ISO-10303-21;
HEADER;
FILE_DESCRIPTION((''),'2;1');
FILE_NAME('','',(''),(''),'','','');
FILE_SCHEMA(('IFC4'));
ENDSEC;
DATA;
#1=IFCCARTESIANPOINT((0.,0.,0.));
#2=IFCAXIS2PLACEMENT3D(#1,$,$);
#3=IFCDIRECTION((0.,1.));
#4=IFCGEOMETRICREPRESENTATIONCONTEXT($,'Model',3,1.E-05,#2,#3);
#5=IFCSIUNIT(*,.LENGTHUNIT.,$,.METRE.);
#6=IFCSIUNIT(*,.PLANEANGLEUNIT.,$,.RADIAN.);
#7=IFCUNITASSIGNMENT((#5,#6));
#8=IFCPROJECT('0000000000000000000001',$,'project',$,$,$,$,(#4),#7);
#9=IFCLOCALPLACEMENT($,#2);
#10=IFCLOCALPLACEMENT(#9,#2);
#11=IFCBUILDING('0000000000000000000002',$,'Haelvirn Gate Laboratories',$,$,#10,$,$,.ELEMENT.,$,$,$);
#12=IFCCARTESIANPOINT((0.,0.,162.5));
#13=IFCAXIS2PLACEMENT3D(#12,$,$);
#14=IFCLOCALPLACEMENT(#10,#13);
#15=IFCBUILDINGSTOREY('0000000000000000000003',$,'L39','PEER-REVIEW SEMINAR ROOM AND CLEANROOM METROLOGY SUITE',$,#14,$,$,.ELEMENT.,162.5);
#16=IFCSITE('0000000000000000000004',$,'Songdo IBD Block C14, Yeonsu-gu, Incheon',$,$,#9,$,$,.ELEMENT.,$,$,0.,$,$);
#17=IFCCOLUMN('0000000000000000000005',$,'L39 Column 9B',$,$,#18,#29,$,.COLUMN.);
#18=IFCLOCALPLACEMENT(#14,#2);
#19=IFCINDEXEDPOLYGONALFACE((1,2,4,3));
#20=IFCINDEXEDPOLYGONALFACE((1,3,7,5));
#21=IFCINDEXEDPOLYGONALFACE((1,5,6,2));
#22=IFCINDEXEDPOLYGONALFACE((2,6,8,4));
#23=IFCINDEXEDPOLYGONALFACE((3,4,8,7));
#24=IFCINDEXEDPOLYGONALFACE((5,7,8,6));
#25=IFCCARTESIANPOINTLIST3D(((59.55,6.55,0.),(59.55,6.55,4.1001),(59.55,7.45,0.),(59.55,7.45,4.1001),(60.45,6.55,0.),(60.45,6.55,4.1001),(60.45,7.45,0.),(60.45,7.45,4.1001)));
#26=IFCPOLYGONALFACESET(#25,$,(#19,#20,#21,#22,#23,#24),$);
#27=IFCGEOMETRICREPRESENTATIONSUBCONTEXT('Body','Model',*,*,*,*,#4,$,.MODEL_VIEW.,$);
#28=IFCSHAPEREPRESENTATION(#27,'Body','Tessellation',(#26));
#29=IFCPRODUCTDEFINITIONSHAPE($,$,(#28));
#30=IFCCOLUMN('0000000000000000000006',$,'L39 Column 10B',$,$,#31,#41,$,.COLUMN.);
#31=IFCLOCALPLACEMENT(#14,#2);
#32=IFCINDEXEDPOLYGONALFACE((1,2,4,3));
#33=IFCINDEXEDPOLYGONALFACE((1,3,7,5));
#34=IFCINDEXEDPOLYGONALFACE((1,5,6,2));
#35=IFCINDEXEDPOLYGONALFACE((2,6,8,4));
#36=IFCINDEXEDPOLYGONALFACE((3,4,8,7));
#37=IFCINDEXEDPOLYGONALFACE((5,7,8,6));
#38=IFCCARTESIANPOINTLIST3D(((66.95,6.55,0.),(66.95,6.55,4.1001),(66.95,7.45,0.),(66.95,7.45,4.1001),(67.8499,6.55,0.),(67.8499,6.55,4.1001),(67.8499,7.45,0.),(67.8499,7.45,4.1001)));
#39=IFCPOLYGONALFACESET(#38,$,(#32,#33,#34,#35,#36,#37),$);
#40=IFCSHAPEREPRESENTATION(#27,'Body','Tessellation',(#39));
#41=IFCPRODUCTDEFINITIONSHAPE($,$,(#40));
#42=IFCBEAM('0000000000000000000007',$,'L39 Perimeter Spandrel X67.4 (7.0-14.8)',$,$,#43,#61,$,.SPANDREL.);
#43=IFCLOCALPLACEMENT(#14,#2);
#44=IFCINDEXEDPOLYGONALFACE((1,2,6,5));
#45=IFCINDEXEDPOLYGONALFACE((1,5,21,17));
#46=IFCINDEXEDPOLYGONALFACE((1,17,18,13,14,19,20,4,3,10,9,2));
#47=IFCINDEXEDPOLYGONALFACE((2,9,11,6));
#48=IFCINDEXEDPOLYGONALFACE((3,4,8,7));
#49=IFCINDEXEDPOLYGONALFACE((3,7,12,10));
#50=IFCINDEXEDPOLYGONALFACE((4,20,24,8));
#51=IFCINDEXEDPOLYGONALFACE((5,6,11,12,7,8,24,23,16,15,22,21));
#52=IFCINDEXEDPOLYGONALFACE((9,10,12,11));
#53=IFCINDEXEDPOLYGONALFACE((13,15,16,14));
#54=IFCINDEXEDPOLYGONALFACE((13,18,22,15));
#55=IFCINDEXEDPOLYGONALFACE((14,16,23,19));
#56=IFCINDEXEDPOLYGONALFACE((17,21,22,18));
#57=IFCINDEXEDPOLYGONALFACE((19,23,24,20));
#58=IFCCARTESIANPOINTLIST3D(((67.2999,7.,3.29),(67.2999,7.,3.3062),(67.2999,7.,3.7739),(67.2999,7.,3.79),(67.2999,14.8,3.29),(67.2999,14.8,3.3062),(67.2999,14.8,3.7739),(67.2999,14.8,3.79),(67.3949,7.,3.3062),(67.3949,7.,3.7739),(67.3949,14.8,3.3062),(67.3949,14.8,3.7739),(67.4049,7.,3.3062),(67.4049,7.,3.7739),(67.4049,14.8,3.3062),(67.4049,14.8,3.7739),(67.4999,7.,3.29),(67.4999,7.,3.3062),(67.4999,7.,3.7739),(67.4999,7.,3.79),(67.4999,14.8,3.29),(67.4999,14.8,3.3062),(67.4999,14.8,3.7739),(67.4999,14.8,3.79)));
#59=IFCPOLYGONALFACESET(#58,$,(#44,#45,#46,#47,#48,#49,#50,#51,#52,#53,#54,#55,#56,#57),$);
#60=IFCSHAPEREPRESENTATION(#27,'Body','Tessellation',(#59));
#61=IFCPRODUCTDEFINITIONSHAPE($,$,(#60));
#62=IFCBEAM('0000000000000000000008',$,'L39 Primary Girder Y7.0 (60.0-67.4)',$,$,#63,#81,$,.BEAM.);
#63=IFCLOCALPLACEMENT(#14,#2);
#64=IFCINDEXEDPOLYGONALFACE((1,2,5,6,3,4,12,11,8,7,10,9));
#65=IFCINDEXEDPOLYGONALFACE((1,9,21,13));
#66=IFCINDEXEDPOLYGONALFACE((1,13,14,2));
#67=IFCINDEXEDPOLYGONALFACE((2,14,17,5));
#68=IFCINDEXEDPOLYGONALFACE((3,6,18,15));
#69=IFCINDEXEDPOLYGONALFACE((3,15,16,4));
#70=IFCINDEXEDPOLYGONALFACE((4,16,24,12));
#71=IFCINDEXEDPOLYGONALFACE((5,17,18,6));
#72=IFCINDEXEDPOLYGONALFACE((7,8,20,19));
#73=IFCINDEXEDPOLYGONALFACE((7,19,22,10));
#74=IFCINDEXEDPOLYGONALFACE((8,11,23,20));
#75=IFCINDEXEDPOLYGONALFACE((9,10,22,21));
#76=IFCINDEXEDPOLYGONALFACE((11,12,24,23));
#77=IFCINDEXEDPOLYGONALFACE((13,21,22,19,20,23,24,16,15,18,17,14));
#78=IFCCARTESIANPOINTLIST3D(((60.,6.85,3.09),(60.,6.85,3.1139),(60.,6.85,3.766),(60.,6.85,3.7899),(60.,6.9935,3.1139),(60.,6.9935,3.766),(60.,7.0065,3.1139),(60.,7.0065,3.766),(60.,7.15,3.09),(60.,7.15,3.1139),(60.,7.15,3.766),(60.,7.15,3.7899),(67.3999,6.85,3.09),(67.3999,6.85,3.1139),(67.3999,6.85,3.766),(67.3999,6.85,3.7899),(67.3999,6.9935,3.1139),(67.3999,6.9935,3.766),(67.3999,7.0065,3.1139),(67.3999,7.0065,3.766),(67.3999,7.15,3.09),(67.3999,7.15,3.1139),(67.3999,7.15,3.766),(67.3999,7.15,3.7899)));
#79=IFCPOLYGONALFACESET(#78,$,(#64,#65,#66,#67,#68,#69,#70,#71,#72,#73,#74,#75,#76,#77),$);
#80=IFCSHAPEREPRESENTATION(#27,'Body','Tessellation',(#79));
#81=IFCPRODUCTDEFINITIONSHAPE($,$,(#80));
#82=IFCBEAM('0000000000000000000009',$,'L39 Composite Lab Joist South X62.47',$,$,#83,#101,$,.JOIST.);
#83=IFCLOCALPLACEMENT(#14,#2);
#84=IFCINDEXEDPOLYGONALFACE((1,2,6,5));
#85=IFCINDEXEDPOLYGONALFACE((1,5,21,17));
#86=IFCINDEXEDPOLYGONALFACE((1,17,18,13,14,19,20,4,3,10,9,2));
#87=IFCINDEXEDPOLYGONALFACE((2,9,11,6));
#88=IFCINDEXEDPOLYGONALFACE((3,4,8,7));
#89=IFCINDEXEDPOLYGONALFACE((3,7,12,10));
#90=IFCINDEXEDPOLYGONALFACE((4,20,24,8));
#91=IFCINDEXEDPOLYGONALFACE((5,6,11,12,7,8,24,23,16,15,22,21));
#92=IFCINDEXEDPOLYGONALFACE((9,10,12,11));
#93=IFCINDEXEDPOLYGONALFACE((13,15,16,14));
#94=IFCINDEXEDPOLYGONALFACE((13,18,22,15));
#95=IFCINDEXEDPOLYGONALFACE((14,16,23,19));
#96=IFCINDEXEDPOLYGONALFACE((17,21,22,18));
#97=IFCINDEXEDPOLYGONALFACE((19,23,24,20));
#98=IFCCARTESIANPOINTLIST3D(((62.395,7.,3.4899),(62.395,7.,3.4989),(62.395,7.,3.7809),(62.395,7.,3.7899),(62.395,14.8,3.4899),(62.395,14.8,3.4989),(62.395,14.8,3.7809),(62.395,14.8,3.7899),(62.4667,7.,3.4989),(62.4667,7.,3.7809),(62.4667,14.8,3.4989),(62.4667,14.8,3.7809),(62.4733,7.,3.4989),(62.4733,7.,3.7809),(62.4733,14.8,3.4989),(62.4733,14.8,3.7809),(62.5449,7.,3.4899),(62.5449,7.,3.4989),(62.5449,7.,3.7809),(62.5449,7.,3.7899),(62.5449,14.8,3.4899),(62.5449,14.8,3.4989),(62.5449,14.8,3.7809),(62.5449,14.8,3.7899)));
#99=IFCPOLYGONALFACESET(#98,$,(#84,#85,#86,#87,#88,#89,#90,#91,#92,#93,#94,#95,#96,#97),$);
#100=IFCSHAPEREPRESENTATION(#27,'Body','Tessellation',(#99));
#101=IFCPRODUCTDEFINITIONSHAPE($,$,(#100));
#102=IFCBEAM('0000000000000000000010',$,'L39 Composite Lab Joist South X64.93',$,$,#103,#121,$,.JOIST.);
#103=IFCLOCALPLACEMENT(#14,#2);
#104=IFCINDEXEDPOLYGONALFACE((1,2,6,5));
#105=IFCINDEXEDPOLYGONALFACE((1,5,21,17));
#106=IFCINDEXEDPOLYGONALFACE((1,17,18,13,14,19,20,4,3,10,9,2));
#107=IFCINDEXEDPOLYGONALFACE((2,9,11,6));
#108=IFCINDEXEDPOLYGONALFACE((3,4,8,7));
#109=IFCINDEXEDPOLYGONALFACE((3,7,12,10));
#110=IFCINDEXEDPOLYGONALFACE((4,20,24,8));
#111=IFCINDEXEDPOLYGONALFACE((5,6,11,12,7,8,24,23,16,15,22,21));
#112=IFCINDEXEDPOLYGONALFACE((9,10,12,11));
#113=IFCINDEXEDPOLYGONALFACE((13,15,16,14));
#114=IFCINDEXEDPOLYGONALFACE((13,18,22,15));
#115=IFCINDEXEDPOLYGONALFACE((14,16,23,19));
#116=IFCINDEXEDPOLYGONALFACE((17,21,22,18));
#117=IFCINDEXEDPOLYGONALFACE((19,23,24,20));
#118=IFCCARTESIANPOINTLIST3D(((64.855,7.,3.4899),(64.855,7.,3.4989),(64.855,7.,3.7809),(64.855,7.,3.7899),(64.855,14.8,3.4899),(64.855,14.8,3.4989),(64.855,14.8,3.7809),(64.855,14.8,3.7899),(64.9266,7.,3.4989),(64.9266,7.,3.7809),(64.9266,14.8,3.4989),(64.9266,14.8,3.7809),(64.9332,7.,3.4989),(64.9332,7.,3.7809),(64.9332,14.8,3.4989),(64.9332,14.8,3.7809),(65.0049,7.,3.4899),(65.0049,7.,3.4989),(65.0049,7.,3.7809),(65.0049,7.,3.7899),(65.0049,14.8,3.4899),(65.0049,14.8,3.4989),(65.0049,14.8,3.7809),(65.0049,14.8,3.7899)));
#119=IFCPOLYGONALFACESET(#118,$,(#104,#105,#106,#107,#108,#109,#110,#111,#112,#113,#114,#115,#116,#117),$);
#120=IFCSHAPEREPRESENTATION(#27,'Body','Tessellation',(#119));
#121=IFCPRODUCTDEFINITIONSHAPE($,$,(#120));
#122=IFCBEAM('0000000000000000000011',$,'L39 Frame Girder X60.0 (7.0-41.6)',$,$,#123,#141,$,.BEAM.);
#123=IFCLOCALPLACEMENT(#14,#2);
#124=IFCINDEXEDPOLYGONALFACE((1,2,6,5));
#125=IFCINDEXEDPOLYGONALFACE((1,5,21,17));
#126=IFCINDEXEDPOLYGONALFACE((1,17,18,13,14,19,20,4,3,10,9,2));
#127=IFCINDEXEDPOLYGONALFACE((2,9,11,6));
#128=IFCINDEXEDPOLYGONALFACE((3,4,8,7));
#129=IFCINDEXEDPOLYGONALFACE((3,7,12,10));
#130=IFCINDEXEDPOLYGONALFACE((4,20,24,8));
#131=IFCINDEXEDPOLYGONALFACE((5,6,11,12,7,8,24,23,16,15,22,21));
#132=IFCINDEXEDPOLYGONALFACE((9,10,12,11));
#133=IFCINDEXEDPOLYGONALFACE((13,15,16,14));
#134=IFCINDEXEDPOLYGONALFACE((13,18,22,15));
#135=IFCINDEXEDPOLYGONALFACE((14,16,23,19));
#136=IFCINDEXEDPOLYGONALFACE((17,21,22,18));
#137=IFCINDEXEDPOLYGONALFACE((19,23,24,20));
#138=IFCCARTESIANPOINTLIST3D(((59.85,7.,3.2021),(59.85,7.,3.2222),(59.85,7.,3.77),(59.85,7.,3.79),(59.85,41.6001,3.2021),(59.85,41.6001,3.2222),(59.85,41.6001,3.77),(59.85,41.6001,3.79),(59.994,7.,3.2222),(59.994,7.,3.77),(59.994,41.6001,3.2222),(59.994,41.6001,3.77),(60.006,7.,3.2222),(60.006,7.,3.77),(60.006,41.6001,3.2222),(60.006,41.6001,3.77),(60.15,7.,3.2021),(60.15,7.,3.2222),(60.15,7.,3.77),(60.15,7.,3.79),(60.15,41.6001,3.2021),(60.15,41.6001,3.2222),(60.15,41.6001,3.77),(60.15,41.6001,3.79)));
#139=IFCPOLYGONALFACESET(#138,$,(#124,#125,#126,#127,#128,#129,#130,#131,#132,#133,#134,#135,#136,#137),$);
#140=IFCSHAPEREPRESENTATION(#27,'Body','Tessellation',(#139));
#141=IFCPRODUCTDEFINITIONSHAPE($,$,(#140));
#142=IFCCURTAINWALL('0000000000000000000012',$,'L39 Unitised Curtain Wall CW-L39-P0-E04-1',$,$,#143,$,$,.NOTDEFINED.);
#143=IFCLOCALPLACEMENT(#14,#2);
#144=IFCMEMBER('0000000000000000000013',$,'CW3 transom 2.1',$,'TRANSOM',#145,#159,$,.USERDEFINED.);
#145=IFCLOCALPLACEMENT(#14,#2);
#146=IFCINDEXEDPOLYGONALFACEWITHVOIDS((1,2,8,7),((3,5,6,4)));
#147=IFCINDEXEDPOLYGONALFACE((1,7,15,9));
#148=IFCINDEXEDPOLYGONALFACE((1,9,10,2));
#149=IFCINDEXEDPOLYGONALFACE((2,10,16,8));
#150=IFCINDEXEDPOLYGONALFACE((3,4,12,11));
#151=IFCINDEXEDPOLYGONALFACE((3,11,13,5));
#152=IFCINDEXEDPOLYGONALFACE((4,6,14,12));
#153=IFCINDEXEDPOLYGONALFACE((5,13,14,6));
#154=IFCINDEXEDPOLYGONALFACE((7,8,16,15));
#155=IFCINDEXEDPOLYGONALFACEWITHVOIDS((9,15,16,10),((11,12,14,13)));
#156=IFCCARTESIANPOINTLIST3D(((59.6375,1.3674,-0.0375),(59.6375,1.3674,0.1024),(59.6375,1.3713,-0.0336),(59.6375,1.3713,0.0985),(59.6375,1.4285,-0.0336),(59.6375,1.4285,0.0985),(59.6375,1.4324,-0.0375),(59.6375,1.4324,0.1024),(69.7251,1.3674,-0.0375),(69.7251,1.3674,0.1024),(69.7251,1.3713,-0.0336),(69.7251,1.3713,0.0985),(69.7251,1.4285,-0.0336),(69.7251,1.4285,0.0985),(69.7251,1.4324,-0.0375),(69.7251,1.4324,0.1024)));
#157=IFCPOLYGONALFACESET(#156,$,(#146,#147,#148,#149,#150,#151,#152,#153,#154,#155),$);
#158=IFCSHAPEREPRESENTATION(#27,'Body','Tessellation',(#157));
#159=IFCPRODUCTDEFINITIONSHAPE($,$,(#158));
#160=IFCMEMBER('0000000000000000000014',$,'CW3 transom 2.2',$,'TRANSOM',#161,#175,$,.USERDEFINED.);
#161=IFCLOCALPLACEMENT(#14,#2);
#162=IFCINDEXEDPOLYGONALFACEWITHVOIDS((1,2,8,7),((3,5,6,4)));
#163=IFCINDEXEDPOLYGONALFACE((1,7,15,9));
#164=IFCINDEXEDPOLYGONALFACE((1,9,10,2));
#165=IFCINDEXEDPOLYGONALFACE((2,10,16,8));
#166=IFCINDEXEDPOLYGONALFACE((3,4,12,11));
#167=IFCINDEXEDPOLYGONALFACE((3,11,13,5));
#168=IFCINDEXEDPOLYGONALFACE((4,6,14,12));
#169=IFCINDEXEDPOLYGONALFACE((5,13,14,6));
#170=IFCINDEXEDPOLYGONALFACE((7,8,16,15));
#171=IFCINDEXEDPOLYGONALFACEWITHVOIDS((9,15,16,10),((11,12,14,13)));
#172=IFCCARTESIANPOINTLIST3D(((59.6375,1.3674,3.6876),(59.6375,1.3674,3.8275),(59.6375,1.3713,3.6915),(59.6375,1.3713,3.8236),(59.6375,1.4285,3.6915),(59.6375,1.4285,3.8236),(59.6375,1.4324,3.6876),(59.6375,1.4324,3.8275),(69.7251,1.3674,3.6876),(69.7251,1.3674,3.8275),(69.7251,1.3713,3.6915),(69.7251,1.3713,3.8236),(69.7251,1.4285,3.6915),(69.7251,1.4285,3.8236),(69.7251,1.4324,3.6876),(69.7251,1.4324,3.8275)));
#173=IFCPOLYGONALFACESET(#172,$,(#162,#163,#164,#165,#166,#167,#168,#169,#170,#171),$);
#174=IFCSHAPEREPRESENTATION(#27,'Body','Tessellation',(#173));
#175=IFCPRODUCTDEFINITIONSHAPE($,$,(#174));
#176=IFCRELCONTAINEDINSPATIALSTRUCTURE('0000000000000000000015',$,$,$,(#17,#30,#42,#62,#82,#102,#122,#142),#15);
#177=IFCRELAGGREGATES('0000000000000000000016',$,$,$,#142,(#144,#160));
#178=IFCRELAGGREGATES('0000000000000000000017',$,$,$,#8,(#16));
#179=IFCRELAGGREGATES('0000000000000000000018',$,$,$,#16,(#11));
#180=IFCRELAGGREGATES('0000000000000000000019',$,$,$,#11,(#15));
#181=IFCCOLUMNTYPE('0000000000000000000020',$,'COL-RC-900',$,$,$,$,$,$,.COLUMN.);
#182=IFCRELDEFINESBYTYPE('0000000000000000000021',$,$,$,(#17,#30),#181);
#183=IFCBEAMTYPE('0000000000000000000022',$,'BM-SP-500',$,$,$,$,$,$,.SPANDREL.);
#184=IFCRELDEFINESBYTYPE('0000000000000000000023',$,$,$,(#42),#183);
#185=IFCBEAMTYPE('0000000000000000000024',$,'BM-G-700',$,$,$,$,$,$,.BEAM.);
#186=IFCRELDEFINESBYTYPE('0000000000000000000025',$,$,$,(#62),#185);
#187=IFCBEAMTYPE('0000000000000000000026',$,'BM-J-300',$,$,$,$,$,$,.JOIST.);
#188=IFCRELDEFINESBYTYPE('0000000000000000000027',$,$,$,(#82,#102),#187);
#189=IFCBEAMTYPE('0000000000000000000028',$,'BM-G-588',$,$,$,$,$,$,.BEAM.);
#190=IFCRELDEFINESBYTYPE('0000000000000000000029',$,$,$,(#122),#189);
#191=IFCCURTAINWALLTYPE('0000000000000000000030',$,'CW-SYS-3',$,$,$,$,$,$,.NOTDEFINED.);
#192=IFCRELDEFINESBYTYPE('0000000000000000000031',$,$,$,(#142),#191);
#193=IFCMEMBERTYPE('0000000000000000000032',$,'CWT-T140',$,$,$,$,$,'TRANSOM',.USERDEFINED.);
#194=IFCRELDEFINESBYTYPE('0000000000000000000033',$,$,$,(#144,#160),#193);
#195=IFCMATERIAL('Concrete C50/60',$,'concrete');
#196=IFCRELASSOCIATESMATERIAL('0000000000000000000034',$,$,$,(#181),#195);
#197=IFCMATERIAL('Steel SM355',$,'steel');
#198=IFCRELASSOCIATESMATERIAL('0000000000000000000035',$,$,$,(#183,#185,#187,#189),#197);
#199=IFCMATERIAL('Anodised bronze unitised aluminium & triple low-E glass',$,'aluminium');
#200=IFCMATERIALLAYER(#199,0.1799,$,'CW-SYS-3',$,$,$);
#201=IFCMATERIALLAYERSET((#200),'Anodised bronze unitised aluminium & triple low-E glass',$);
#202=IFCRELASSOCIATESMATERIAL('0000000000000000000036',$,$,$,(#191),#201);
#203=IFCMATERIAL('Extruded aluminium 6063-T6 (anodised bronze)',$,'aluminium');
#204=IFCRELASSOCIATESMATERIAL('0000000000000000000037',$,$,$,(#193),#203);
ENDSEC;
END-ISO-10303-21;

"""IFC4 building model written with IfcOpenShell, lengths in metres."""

from ifc_helpers import new_model, si_unit, direction, frame, origin, origin_2d, place, context, subcontext, project, spatial, rectangle, hollow_rectangle, i_section, extrude, source, transform, mapped, material, layer, layer_set, material_profile, profile_set, type_object, type_shapes, element, aggregate, save


model = new_model("IFC4")

# Units and contexts
model_context = context("Model", 3, precision=1e-05, world=origin(), true_north=direction((0.0, 1.0)))
body_context = subcontext(model_context, "Body", "Model", "MODEL_VIEW")
ifc_project = project(units=[si_unit("LENGTHUNIT", "METRE"), si_unit("PLANEANGLEUNIT", "RADIAN")], contexts=[model_context])

# Site, building, storey
site_placement = place(None, origin())
site = spatial("IfcSite", under=ifc_project, at=site_placement, Name="Songdo IBD Block C14, Yeonsu-gu, Incheon", CompositionType="ELEMENT", RefElevation=0.0)
building_placement = place(site_placement, origin())
building = spatial("IfcBuilding", under=site, at=building_placement, Name="Haelvirn Gate Laboratories", CompositionType="ELEMENT")
storey_placement = place(building_placement, frame((0.0, 0.0, 162.5)))
storey = spatial("IfcBuildingStorey", under=building, at=storey_placement, Name="L39", Description="PEER-REVIEW SEMINAR ROOM AND CLEANROOM METROLOGY SUITE", CompositionType="ELEMENT", Elevation=162.5)

# Columns
ifc_material_1 = material(Name="Concrete C50/60", Category="concrete")
ifc_material_profile_1 = material_profile(ifc_material_1, rectangle(XDim=0.8999, YDim=0.8999, at=origin_2d()), Name="RC-900x900")
ifc_profile_set_1 = profile_set([ifc_material_profile_1], Name="Concrete C50/60")
column_type = type_object("IfcColumnType", Name="COL-RC-900", PredefinedType="COLUMN", material=ifc_profile_set_1)
shared_shape_1 = source(origin(), body_context, "Body", "SweptSolid", [
    extrude(rectangle(XDim=0.8999, YDim=0.8999, at=origin_2d()), origin(), (0.0, 0.0, 1.0), 4.1001),
])
type_shapes(column_type, [shared_shape_1])
for number, where, z_axis, x_axis, name in (
    (1, (60.0, 7.0, 0.0), (0.0, 0.0, 1.0), (1.0, 0.0, 0.0), "L39 Column 9B"),
    (2, (67.3999, 7.0, 0.0), (0.0, 0.0, 1.0), (1.0, 0.0, 0.0), "L39 Column 10B"),
):
    element("IfcColumn", number, at=place(storey_placement, frame(where, z_axis=z_axis, x_axis=x_axis)), inside=storey, type_object=column_type, Name=name, PredefinedType="COLUMN", context=body_context, shape_type="MappedRepresentation", body=[
        mapped(shared_shape_1, transform((0.0, 0.0, 0.0), scale=1.0)),
    ])

# Beams
ifc_material_2 = material(Name="Steel SM355", Category="steel")
ifc_material_profile_2 = material_profile(ifc_material_2, i_section(OverallWidth=0.2, OverallDepth=0.5, WebThickness=0.01, FlangeThickness=0.0161, at=origin_2d()), Name="H-500x200x10x16")
ifc_profile_set_2 = profile_set([ifc_material_profile_2], Name="Steel SM355")
beam_type_1 = type_object("IfcBeamType", Name="BM-SP-500", PredefinedType="SPANDREL", material=ifc_profile_set_2)
shared_shape_2 = source(origin(), body_context, "Body", "SweptSolid", [
    extrude(i_section(OverallWidth=0.2, OverallDepth=0.5, WebThickness=0.01, FlangeThickness=0.0161, at=origin_2d()), origin(), (0.0, 0.0, 1.0), 7.8),
])
type_shapes(beam_type_1, [shared_shape_2])
beam_1_placement = place(storey_placement, frame((67.3999, 7.0, 3.54), z_axis=(0.0, 1.0, 0.0), x_axis=(-1.0, 0.0, 0.0)))
element("IfcBeam", 3, at=beam_1_placement, inside=storey, type_object=beam_type_1, Name="L39 Perimeter Spandrel X67.4 (7.0-14.8)", PredefinedType="SPANDREL", context=body_context, shape_type="MappedRepresentation", body=[
    mapped(shared_shape_2, transform((0.0, 0.0, 0.0), scale=1.0)),
])
ifc_material_profile_3 = material_profile(ifc_material_2, i_section(OverallWidth=0.3, OverallDepth=0.7, WebThickness=0.0129, FlangeThickness=0.0239, at=origin_2d()), Name="H-700x300x13x24")
ifc_profile_set_3 = profile_set([ifc_material_profile_3], Name="Steel SM355")
beam_type_2 = type_object("IfcBeamType", Name="BM-G-700", PredefinedType="BEAM", material=ifc_profile_set_3)
shared_shape_3 = source(origin(), body_context, "Body", "SweptSolid", [
    extrude(i_section(OverallWidth=0.3, OverallDepth=0.7, WebThickness=0.0129, FlangeThickness=0.0239, at=origin_2d()), origin(), (0.0, 0.0, 1.0), 7.3999),
])
type_shapes(beam_type_2, [shared_shape_3])
beam_2_placement = place(storey_placement, frame((60.0, 7.0, 3.4399), z_axis=(1.0, 0.0, 0.0), x_axis=(0.0, 1.0, 0.0)))
element("IfcBeam", 4, at=beam_2_placement, inside=storey, type_object=beam_type_2, Name="L39 Primary Girder Y7.0 (60.0-67.4)", PredefinedType="BEAM", context=body_context, shape_type="MappedRepresentation", body=[
    mapped(shared_shape_3, transform((0.0, 0.0, 0.0), scale=1.0)),
])
ifc_material_profile_4 = material_profile(ifc_material_2, i_section(OverallWidth=0.1499, OverallDepth=0.3, WebThickness=0.0066, FlangeThickness=0.009, at=origin_2d()), Name="H-300x150x6.5x9")
ifc_profile_set_4 = profile_set([ifc_material_profile_4], Name="Steel SM355")
beam_type_3 = type_object("IfcBeamType", Name="BM-J-300", PredefinedType="JOIST", material=ifc_profile_set_4)
shared_shape_4 = source(origin(), body_context, "Body", "SweptSolid", [
    extrude(i_section(OverallWidth=0.1499, OverallDepth=0.3, WebThickness=0.0066, FlangeThickness=0.009, at=origin_2d()), origin(), (0.0, 0.0, 1.0), 7.8),
])
type_shapes(beam_type_3, [shared_shape_4])
for number, where, z_axis, x_axis, name in (
    (5, (62.47, 7.0, 3.6399), (0.0, 1.0, 0.0), (-1.0, 0.0, 0.0), "L39 Composite Lab Joist South X62.47"),
    (6, (64.9299, 7.0, 3.6399), (0.0, 1.0, 0.0), (-1.0, 0.0, 0.0), "L39 Composite Lab Joist South X64.93"),
):
    element("IfcBeam", number, at=place(storey_placement, frame(where, z_axis=z_axis, x_axis=x_axis)), inside=storey, type_object=beam_type_3, Name=name, PredefinedType="JOIST", context=body_context, shape_type="MappedRepresentation", body=[
        mapped(shared_shape_4, transform((0.0, 0.0, 0.0), scale=1.0)),
    ])
ifc_material_profile_5 = material_profile(ifc_material_2, i_section(OverallWidth=0.3, OverallDepth=0.5879, WebThickness=0.012, FlangeThickness=0.02, at=origin_2d()), Name="H-588x300x12x20")
ifc_profile_set_5 = profile_set([ifc_material_profile_5], Name="Steel SM355")
beam_type_4 = type_object("IfcBeamType", Name="BM-G-588", PredefinedType="BEAM", material=ifc_profile_set_5)
shared_shape_5 = source(origin(), body_context, "Body", "SweptSolid", [
    extrude(i_section(OverallWidth=0.3, OverallDepth=0.5879, WebThickness=0.012, FlangeThickness=0.02, at=origin_2d()), origin(), (0.0, 0.0, 1.0), 34.6001),
])
type_shapes(beam_type_4, [shared_shape_5])
beam_3_placement = place(storey_placement, frame((60.0, 7.0, 3.4961), z_axis=(0.0, 1.0, 0.0), x_axis=(-1.0, 0.0, 0.0)))
element("IfcBeam", 7, at=beam_3_placement, inside=storey, type_object=beam_type_4, Name="L39 Frame Girder X60.0 (7.0-41.6)", PredefinedType="BEAM", context=body_context, shape_type="MappedRepresentation", body=[
    mapped(shared_shape_5, transform((0.0, 0.0, 0.0), scale=1.0)),
])

# Curtain wall, members
ifc_material_3 = material(Name="Anodised bronze unitised aluminium & triple low-E glass", Category="aluminium")
ifc_layer_1 = layer(ifc_material_3, 0.1799, Name="CW-SYS-3")
ifc_layer_set_1 = layer_set([ifc_layer_1], Name="Anodised bronze unitised aluminium & triple low-E glass")
curtain_wall_type_1 = type_object("IfcCurtainWallType", Name="CW-SYS-3", PredefinedType="NOTDEFINED", material=ifc_layer_set_1)
curtain_wall_1_placement = place(storey_placement, origin())
curtain_wall_1 = element("IfcCurtainWall", 8, at=curtain_wall_1_placement, inside=storey, type_object=curtain_wall_type_1, Name="L39 Unitised Curtain Wall CW-L39-P0-E04-1", PredefinedType="NOTDEFINED")
ifc_material_4 = material(Name="Extruded aluminium 6063-T6 (anodised bronze)", Category="aluminium")
ifc_material_profile_6 = material_profile(ifc_material_4, hollow_rectangle(XDim=0.0649, YDim=0.1399, WallThickness=0.0039, at=origin_2d()), Name="CWT-140x65x4")
ifc_profile_set_6 = profile_set([ifc_material_profile_6], Name="Extruded aluminium 6063-T6 (anodised bronze)")
member_type_1 = type_object("IfcMemberType", Name="CWT-T140", ElementType="TRANSOM", PredefinedType="USERDEFINED", material=ifc_profile_set_6)
shared_shape_6 = source(origin(), body_context, "Body", "SweptSolid", [
    extrude(hollow_rectangle(XDim=0.0649, YDim=0.1399, WallThickness=0.0039, at=origin_2d()), origin(), (0.0, 0.0, 1.0), 10.0876),
])
member_1_placement = place(storey_placement, frame((59.6375, 1.3999, 0.0325), z_axis=(1.0, 0.0, 0.0), x_axis=(0.0, 1.0, 0.0)))
member_1 = element("IfcMember", 9, at=member_1_placement, type_object=member_type_1, Name="CW3 transom 2.1", ObjectType="TRANSOM", PredefinedType="USERDEFINED", context=body_context, shape_type="MappedRepresentation", body=[
    mapped(shared_shape_6, transform((0.0, 0.0, 0.0), scale=1.0)),
])
member_2_placement = place(storey_placement, frame((59.6375, 1.3999, 3.7576), z_axis=(1.0, 0.0, 0.0), x_axis=(0.0, 1.0, 0.0)))
member_2 = element("IfcMember", 10, at=member_2_placement, type_object=member_type_1, Name="CW3 transom 2.2", ObjectType="TRANSOM", PredefinedType="USERDEFINED", context=body_context, shape_type="MappedRepresentation", body=[
    mapped(shared_shape_6, transform((0.0, 0.0, 0.0), scale=1.0)),
])

aggregate(curtain_wall_1, [member_1, member_2])

save(model, "model.ifc")
